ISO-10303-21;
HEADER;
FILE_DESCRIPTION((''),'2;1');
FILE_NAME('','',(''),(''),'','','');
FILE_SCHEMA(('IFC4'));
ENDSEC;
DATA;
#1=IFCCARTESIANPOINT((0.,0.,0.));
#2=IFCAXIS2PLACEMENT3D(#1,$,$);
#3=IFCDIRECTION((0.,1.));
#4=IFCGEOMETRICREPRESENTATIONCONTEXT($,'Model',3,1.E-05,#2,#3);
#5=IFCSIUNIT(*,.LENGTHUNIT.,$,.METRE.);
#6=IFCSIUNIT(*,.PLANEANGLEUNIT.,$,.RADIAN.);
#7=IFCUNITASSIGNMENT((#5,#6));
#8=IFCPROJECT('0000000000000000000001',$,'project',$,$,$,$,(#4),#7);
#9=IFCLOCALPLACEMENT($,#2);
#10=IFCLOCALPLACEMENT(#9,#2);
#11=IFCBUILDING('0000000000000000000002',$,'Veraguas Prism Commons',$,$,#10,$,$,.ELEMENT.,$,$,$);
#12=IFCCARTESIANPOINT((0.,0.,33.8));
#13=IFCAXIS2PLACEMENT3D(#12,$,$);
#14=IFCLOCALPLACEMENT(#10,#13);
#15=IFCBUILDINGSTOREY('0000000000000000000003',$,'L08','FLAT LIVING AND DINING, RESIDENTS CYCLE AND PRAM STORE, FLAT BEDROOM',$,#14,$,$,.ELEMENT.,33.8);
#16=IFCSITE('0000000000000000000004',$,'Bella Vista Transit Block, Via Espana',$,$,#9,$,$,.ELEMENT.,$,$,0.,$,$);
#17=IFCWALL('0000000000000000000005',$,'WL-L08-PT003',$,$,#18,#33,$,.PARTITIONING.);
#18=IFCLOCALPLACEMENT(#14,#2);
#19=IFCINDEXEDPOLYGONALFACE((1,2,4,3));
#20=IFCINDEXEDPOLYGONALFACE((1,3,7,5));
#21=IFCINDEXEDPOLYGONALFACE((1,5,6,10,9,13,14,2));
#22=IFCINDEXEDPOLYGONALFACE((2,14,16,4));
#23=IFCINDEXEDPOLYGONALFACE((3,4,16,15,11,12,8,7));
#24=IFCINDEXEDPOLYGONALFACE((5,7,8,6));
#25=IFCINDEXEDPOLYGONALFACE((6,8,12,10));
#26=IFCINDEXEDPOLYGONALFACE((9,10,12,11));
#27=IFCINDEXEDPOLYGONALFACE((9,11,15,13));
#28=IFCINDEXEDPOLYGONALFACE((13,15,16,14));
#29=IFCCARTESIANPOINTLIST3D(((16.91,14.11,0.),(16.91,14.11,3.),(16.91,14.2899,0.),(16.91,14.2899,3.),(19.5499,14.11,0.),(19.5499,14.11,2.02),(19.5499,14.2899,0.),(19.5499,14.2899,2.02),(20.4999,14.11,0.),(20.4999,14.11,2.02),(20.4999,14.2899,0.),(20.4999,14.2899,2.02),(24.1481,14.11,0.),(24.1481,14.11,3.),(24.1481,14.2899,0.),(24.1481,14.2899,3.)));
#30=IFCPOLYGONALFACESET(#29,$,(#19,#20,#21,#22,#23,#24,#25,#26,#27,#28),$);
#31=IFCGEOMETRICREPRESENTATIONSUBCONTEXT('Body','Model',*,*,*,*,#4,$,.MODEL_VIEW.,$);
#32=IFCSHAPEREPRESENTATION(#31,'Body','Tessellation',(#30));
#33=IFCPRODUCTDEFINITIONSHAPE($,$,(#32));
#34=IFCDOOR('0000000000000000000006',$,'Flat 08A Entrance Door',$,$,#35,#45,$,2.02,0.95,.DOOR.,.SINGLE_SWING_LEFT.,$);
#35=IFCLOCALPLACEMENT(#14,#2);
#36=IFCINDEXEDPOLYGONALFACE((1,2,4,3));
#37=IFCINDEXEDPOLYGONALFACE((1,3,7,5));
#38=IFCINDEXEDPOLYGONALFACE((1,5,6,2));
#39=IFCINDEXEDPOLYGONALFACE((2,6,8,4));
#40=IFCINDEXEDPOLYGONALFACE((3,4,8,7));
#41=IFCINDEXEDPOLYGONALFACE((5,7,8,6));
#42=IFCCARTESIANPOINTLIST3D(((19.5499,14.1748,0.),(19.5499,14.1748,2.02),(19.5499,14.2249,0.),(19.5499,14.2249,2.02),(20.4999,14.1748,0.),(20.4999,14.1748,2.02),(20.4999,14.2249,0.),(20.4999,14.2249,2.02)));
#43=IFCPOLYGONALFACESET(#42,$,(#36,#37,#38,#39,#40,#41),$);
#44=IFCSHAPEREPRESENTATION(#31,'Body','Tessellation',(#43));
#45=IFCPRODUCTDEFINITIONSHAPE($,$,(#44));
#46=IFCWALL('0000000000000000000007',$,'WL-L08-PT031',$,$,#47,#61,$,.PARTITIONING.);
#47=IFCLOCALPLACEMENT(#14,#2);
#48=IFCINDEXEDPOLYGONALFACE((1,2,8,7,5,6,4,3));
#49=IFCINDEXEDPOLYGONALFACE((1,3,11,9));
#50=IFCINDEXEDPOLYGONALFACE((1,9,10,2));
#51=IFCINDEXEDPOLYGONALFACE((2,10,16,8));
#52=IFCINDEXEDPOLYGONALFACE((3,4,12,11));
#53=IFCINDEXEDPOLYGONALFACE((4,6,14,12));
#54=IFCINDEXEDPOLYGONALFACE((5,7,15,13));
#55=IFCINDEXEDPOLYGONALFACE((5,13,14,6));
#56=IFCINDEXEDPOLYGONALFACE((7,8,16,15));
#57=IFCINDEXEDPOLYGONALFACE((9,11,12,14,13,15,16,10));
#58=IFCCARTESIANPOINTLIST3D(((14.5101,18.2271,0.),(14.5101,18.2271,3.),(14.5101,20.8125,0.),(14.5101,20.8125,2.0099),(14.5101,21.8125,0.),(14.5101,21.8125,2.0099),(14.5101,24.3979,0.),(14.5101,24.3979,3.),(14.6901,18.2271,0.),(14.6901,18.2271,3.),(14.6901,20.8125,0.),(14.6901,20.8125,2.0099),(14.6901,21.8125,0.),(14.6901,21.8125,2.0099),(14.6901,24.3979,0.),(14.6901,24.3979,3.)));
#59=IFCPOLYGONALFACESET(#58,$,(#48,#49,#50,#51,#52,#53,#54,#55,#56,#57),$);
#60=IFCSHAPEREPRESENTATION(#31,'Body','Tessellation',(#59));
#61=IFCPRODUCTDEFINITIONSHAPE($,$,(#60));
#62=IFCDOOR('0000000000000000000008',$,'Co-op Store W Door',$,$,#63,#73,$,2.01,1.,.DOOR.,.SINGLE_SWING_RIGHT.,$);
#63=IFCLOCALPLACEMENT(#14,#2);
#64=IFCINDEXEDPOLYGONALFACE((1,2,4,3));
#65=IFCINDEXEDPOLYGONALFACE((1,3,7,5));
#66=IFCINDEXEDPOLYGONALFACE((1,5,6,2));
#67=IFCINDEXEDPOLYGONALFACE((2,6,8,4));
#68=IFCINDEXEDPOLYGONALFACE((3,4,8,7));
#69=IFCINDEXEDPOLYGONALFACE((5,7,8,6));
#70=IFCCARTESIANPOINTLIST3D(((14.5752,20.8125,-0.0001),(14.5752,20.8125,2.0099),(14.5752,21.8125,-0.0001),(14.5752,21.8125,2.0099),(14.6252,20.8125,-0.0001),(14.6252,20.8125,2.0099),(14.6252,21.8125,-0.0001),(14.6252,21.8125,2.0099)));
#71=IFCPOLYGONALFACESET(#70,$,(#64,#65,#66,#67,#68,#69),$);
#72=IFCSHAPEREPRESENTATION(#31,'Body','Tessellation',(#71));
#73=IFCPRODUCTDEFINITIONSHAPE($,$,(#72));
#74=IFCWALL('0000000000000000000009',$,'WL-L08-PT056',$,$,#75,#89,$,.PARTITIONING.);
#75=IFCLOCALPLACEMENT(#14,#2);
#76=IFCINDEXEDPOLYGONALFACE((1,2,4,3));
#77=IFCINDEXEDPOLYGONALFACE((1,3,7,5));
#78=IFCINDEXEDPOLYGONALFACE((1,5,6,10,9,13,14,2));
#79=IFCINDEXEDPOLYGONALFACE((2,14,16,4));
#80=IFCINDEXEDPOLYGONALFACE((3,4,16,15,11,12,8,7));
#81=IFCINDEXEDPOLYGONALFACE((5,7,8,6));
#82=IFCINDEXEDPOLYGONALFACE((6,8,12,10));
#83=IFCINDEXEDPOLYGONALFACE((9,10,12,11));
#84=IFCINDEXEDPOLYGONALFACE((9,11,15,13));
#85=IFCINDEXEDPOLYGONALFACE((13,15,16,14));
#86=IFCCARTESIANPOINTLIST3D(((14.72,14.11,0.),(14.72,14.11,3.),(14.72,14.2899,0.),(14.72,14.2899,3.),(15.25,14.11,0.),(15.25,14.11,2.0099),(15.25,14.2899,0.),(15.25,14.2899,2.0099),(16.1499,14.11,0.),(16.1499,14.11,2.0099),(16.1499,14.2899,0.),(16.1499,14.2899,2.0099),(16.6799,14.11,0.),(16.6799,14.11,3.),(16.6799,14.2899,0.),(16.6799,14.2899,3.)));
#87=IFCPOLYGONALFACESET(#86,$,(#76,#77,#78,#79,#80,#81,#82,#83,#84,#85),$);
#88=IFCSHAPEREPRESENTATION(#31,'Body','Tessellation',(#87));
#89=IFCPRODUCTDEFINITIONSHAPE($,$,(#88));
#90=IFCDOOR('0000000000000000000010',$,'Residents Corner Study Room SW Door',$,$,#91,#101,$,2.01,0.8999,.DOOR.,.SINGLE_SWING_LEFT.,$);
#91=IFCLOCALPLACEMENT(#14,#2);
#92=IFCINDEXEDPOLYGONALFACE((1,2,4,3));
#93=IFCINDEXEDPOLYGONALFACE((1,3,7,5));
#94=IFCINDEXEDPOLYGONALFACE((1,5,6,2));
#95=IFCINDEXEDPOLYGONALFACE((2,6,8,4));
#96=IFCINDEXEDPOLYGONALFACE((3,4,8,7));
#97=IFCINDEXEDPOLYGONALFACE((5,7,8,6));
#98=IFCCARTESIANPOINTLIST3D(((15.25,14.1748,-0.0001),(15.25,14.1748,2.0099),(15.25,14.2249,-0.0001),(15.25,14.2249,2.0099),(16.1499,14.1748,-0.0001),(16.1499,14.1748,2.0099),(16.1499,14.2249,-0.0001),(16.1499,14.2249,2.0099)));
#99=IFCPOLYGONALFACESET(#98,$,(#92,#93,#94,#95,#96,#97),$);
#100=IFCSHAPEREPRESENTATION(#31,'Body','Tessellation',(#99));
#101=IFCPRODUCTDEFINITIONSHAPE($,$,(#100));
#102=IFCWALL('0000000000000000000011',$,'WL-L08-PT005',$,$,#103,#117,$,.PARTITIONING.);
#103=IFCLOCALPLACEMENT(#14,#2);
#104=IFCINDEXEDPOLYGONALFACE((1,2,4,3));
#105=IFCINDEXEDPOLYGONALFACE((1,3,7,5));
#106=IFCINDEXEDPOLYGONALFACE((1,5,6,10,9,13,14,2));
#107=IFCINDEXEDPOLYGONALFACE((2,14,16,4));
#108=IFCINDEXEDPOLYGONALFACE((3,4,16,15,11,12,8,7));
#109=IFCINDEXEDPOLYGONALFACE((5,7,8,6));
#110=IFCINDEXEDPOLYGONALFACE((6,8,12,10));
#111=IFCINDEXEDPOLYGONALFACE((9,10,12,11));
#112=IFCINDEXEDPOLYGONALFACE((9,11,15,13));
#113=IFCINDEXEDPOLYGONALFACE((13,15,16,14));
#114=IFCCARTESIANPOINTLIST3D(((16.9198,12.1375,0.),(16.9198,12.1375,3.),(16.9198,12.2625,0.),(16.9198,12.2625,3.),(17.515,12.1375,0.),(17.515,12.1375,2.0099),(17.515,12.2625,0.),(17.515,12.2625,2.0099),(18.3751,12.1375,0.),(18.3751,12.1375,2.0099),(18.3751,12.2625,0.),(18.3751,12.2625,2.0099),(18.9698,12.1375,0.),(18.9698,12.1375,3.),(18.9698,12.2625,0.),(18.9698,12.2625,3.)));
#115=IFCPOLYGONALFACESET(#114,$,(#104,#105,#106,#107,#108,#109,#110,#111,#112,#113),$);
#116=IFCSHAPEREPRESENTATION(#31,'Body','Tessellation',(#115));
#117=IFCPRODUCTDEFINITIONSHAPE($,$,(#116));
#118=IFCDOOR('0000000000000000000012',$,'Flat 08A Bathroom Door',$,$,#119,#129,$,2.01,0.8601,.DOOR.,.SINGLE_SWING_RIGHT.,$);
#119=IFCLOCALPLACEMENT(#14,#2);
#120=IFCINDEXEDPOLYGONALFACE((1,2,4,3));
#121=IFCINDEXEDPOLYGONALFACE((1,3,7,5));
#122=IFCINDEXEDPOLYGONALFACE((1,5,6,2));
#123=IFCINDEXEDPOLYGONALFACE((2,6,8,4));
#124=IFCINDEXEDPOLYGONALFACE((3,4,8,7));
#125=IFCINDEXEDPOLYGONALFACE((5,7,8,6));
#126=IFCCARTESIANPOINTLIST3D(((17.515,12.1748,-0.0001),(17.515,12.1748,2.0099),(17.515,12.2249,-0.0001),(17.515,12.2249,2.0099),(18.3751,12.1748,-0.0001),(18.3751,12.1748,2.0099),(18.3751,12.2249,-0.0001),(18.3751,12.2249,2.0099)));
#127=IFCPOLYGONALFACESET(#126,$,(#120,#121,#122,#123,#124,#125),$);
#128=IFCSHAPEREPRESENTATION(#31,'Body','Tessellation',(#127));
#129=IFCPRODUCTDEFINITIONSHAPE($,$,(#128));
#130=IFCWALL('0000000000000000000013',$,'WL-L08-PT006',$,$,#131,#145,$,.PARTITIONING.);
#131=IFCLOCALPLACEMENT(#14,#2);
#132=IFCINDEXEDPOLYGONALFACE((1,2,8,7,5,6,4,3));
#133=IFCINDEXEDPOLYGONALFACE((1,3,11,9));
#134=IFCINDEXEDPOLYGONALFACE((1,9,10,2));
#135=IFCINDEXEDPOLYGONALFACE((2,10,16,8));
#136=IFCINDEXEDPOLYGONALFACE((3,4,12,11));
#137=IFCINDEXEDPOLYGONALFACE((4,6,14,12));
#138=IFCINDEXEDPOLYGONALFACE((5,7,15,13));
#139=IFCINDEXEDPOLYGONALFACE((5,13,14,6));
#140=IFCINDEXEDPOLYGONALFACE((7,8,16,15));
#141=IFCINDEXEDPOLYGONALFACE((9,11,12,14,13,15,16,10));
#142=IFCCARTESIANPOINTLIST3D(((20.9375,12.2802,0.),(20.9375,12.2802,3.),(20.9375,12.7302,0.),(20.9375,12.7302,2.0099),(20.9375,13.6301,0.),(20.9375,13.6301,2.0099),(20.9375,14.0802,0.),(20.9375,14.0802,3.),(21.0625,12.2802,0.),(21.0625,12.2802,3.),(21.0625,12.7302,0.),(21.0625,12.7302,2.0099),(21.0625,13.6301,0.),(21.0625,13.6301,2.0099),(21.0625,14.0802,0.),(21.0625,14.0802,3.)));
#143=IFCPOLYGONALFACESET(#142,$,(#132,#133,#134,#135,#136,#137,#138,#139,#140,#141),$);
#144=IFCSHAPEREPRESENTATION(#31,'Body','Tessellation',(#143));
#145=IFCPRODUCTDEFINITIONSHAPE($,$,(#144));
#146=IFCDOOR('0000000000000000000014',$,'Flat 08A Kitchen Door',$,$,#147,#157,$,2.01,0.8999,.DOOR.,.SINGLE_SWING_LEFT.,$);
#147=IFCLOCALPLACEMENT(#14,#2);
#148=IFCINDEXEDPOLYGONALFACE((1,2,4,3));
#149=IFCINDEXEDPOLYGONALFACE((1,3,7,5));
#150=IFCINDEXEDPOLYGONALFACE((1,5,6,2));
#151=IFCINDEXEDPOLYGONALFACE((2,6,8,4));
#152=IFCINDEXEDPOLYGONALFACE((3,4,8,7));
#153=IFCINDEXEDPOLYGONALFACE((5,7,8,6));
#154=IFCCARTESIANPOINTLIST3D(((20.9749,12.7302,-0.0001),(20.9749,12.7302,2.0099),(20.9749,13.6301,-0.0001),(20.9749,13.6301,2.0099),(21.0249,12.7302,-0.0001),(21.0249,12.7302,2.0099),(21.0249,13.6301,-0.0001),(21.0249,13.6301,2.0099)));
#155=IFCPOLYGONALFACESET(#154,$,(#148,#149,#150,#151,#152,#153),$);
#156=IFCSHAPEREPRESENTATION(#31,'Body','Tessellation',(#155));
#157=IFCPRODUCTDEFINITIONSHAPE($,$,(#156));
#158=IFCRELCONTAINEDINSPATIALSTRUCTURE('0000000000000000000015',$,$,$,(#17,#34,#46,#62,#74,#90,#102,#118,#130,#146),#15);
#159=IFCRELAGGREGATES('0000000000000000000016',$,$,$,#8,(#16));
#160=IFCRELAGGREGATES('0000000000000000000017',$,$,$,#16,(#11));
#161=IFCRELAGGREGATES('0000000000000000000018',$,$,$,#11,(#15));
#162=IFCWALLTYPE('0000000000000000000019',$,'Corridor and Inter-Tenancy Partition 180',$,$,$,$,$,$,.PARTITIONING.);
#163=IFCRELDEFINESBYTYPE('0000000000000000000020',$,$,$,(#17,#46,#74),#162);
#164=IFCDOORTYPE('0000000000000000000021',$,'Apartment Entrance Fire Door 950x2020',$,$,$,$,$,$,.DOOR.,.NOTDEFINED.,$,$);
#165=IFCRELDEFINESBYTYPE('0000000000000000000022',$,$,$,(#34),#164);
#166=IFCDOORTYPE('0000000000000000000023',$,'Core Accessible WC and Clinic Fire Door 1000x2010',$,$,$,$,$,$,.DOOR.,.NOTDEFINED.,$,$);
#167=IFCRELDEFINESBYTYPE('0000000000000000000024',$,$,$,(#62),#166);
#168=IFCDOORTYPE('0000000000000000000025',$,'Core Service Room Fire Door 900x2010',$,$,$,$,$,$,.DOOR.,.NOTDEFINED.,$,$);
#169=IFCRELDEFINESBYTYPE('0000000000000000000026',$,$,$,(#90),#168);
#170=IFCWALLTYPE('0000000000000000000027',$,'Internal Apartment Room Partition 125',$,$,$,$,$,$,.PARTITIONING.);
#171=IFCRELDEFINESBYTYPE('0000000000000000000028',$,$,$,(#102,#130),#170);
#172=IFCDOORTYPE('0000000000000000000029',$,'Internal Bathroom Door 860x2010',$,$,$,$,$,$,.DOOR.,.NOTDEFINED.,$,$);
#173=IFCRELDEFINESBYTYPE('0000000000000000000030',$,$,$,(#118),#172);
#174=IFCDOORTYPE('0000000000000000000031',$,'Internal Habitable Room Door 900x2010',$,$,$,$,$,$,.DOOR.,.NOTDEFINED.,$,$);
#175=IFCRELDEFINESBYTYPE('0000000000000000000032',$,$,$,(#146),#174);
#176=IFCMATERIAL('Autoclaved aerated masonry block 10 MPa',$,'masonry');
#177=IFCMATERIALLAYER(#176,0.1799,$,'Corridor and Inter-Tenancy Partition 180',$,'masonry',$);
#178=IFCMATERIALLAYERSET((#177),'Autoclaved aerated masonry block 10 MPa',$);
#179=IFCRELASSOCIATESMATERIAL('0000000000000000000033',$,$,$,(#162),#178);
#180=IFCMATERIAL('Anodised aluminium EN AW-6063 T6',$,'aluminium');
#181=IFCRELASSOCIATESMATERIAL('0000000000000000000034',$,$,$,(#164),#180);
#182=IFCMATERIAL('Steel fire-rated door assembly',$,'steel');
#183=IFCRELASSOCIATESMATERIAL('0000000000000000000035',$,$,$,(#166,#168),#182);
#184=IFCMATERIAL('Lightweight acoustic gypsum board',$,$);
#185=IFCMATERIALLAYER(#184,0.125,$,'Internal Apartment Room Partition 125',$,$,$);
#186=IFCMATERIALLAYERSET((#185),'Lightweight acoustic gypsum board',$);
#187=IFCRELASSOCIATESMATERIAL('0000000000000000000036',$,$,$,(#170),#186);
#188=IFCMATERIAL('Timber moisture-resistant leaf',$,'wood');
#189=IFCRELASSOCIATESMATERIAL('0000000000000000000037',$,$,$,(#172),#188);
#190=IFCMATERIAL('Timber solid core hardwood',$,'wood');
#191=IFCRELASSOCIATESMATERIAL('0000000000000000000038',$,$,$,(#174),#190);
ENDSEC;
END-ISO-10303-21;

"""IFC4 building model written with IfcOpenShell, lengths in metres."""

from ifc_helpers import new_model, si_unit, direction, frame, frame_2d, origin, place, context, subcontext, project, spatial, rectangle, extrude, source, transform, mapped, material, layer, layer_set, type_object, element, fill, save


model = new_model("IFC4")

# Units and contexts
model_context = context("Model", 3, precision=1e-05, world=origin(), true_north=direction((0.0, 1.0)))
body_context = subcontext(model_context, "Body", "Model", "MODEL_VIEW")
ifc_project = project(units=[si_unit("LENGTHUNIT", "METRE"), si_unit("PLANEANGLEUNIT", "RADIAN")], contexts=[model_context])

# Site, building, storey
site_placement = place(None, origin())
site = spatial("IfcSite", under=ifc_project, at=site_placement, Name="Bella Vista Transit Block, Via Espana", CompositionType="ELEMENT", RefElevation=0.0)
building_placement = place(site_placement, origin())
building = spatial("IfcBuilding", under=site, at=building_placement, Name="Veraguas Prism Commons", CompositionType="ELEMENT")
storey_placement = place(building_placement, frame((0.0, 0.0, 33.8)))
storey = spatial("IfcBuildingStorey", under=building, at=storey_placement, Name="L08", Description="FLAT LIVING AND DINING, RESIDENTS CYCLE AND PRAM STORE, FLAT BEDROOM", CompositionType="ELEMENT", Elevation=33.8)

# Shared definitions
ifc_material_1 = material(Name="Steel fire-rated door assembly", Category="steel")

# Shared definitions
ifc_material_2 = material(Name="Autoclaved aerated masonry block 10 MPa", Category="masonry")
ifc_layer_1 = layer(ifc_material_2, 0.1799, Name="Corridor and Inter-Tenancy Partition 180", Category="masonry")
ifc_layer_set_1 = layer_set([ifc_layer_1], Name="Autoclaved aerated masonry block 10 MPa")
wall_type_1 = type_object("IfcWallType", Name="Corridor and Inter-Tenancy Partition 180", PredefinedType="PARTITIONING", material=ifc_layer_set_1)

# Walls, openings, doors
wall_1_placement = place(storey_placement, frame((16.9099, 14.2, 0.0), z_axis=(0.0, 0.0, 1.0), x_axis=(1.0, 0.0, 0.0)))
wall_1 = element("IfcWall", 1, at=wall_1_placement, inside=storey, type_object=wall_type_1, Name="WL-L08-PT003", PredefinedType="PARTITIONING", context=body_context, shape_type="SweptSolid", body=[
    extrude(rectangle(XDim=7.238, YDim=0.1799, at=frame_2d((3.6191, 0.0))), origin(), (0.0, 0.0, 1.0), 3.0),
])
opening_1_placement = place(wall_1_placement, frame((2.6399, 0.0, 0.0)))
opening_1 = element("IfcOpeningElement", 2, at=opening_1_placement, cuts=wall_1, PredefinedType="OPENING", context=body_context, shape_type="SweptSolid", body=[
    extrude(rectangle(XDim=0.95, YDim=2.02, at=frame_2d((0.4751, 1.01))), frame((0.0, 0.0999, 0.0), z_axis=(0.0, -1.0, 0.0), x_axis=(1.0, 0.0, 0.0)), (0.0, 0.0, 1.0), 0.2),
])
ifc_material_3 = material(Name="Anodised aluminium EN AW-6063 T6", Category="aluminium")
door_type_1 = type_object("IfcDoorType", Name="Apartment Entrance Fire Door 950x2020", OperationType="NOTDEFINED", PredefinedType="DOOR", material=ifc_material_3)
shared_shape_1 = source(origin(), body_context, "Body", "SweptSolid", [
    extrude(rectangle(XDim=0.95, YDim=2.02, at=frame_2d((0.4751, 1.01))), frame((0.0, 0.0249, 0.0), z_axis=(0.0, -1.0, 0.0), x_axis=(1.0, 0.0, 0.0)), (0.0, 0.0, 1.0), 0.05),
])
door_1_placement = place(opening_1_placement, origin())
door_1 = element("IfcDoor", 3, at=door_1_placement, inside=storey, type_object=door_type_1, Name="Flat 08A Entrance Door", OperationType="SINGLE_SWING_LEFT", OverallHeight=2.02, OverallWidth=0.95, PredefinedType="DOOR", context=body_context, shape_type="MappedRepresentation", body=[
    mapped(shared_shape_1, transform((0.0, 0.0, 0.0), scale=1.0)),
])
fill(opening_1, door_1)
wall_2_placement = place(storey_placement, frame((14.6001, 18.2271, 0.0), z_axis=(0.0, 0.0, 1.0), x_axis=(0.0, 1.0, 0.0)))
wall_2 = element("IfcWall", 4, at=wall_2_placement, inside=storey, type_object=wall_type_1, Name="WL-L08-PT031", PredefinedType="PARTITIONING", context=body_context, shape_type="SweptSolid", body=[
    extrude(rectangle(XDim=6.1709, YDim=0.1799, at=frame_2d((3.0854, 0.0))), origin(), (0.0, 0.0, 1.0), 3.0),
])
opening_2_placement = place(wall_2_placement, frame((2.5854, 0.0, 0.0)))
opening_2 = element("IfcOpeningElement", 5, at=opening_2_placement, cuts=wall_2, PredefinedType="OPENING", context=body_context, shape_type="SweptSolid", body=[
    extrude(rectangle(XDim=1.0, YDim=2.01, at=frame_2d((0.5, 1.0049))), frame((0.0, 0.0999, 0.0), z_axis=(0.0, -1.0, 0.0), x_axis=(1.0, 0.0, 0.0)), (0.0, 0.0, 1.0), 0.2),
])
door_type_2 = type_object("IfcDoorType", Name="Core Accessible WC and Clinic Fire Door 1000x2010", OperationType="NOTDEFINED", PredefinedType="DOOR", material=ifc_material_1)
shared_shape_2 = source(origin(), body_context, "Body", "SweptSolid", [
    extrude(rectangle(XDim=1.0, YDim=2.01, at=frame_2d((0.5, 1.0049))), frame((0.0, 0.0249, 0.0), z_axis=(0.0, -1.0, 0.0), x_axis=(1.0, 0.0, 0.0)), (0.0, 0.0, 1.0), 0.05),
])
door_2_placement = place(opening_2_placement, origin())
door_2 = element("IfcDoor", 6, at=door_2_placement, inside=storey, type_object=door_type_2, Name="Co-op Store W Door", OperationType="SINGLE_SWING_RIGHT", OverallHeight=2.01, OverallWidth=1.0, PredefinedType="DOOR", context=body_context, shape_type="MappedRepresentation", body=[
    mapped(shared_shape_2, transform((0.0, 0.0, 0.0), scale=1.0)),
])
fill(opening_2, door_2)
wall_3_placement = place(storey_placement, frame((14.72, 14.2, 0.0), z_axis=(0.0, 0.0, 1.0), x_axis=(1.0, 0.0, 0.0)))
wall_3 = element("IfcWall", 7, at=wall_3_placement, inside=storey, type_object=wall_type_1, Name="WL-L08-PT056", PredefinedType="PARTITIONING", context=body_context, shape_type="SweptSolid", body=[
    extrude(rectangle(XDim=1.96, YDim=0.1799, at=frame_2d((0.98, 0.0))), origin(), (0.0, 0.0, 1.0), 3.0),
])
opening_3_placement = place(wall_3_placement, frame((0.53, 0.0, 0.0)))
opening_3 = element("IfcOpeningElement", 8, at=opening_3_placement, cuts=wall_3, PredefinedType="OPENING", context=body_context, shape_type="SweptSolid", body=[
    extrude(rectangle(XDim=0.8999, YDim=2.01, at=frame_2d((0.45, 1.0049))), frame((0.0, 0.0999, 0.0), z_axis=(0.0, -1.0, 0.0), x_axis=(1.0, 0.0, 0.0)), (0.0, 0.0, 1.0), 0.2),
])
door_type_3 = type_object("IfcDoorType", Name="Core Service Room Fire Door 900x2010", OperationType="NOTDEFINED", PredefinedType="DOOR", material=ifc_material_1)
shared_shape_3 = source(origin(), body_context, "Body", "SweptSolid", [
    extrude(rectangle(XDim=0.8999, YDim=2.01, at=frame_2d((0.45, 1.0049))), frame((0.0, 0.0249, 0.0), z_axis=(0.0, -1.0, 0.0), x_axis=(1.0, 0.0, 0.0)), (0.0, 0.0, 1.0), 0.05),
])
door_3_placement = place(opening_3_placement, origin())
door_3 = element("IfcDoor", 9, at=door_3_placement, inside=storey, type_object=door_type_3, Name="Residents Corner Study Room SW Door", OperationType="SINGLE_SWING_LEFT", OverallHeight=2.01, OverallWidth=0.8999, PredefinedType="DOOR", context=body_context, shape_type="MappedRepresentation", body=[
    mapped(shared_shape_3, transform((0.0, 0.0, 0.0), scale=1.0)),
])
fill(opening_3, door_3)
ifc_material_4 = material(Name="Lightweight acoustic gypsum board")
ifc_layer_2 = layer(ifc_material_4, 0.125, Name="Internal Apartment Room Partition 125")
ifc_layer_set_2 = layer_set([ifc_layer_2], Name="Lightweight acoustic gypsum board")
wall_type_2 = type_object("IfcWallType", Name="Internal Apartment Room Partition 125", PredefinedType="PARTITIONING", material=ifc_layer_set_2)
wall_4_placement = place(storey_placement, frame((16.9199, 12.2, 0.0), z_axis=(0.0, 0.0, 1.0), x_axis=(1.0, 0.0, 0.0)))
wall_4 = element("IfcWall", 10, at=wall_4_placement, inside=storey, type_object=wall_type_2, Name="WL-L08-PT005", PredefinedType="PARTITIONING", context=body_context, shape_type="SweptSolid", body=[
    extrude(rectangle(XDim=2.05, YDim=0.125, at=frame_2d((1.0249, 0.0))), origin(), (0.0, 0.0, 1.0), 3.0),
])
opening_4_placement = place(wall_4_placement, frame((0.595, 0.0, 0.0)))
opening_4 = element("IfcOpeningElement", 11, at=opening_4_placement, cuts=wall_4, PredefinedType="OPENING", context=body_context, shape_type="SweptSolid", body=[
    extrude(rectangle(XDim=0.8601, YDim=2.01, at=frame_2d((0.4302, 1.0049))), frame((0.0, 0.0725, 0.0), z_axis=(0.0, -1.0, 0.0), x_axis=(1.0, 0.0, 0.0)), (0.0, 0.0, 1.0), 0.145),
])
ifc_material_5 = material(Name="Timber moisture-resistant leaf", Category="wood")
door_type_4 = type_object("IfcDoorType", Name="Internal Bathroom Door 860x2010", OperationType="NOTDEFINED", PredefinedType="DOOR", material=ifc_material_5)
shared_shape_4 = source(origin(), body_context, "Body", "SweptSolid", [
    extrude(rectangle(XDim=0.8601, YDim=2.01, at=frame_2d((0.4302, 1.0049))), frame((0.0, 0.0249, 0.0), z_axis=(0.0, -1.0, 0.0), x_axis=(1.0, 0.0, 0.0)), (0.0, 0.0, 1.0), 0.05),
])
door_4_placement = place(opening_4_placement, origin())
door_4 = element("IfcDoor", 12, at=door_4_placement, inside=storey, type_object=door_type_4, Name="Flat 08A Bathroom Door", OperationType="SINGLE_SWING_RIGHT", OverallHeight=2.01, OverallWidth=0.8601, PredefinedType="DOOR", context=body_context, shape_type="MappedRepresentation", body=[
    mapped(shared_shape_4, transform((0.0, 0.0, 0.0), scale=1.0)),
])
fill(opening_4, door_4)
wall_5_placement = place(storey_placement, frame((21.0, 14.0801, 0.0), z_axis=(0.0, 0.0, 1.0), x_axis=(0.0, -1.0, 0.0)))
wall_5 = element("IfcWall", 13, at=wall_5_placement, inside=storey, type_object=wall_type_2, Name="WL-L08-PT006", PredefinedType="PARTITIONING", context=body_context, shape_type="SweptSolid", body=[
    extrude(rectangle(XDim=1.8, YDim=0.125, at=frame_2d((0.8999, 0.0))), origin(), (0.0, 0.0, 1.0), 3.0),
])
opening_5_placement = place(wall_5_placement, frame((0.45, 0.0, 0.0)))
opening_5 = element("IfcOpeningElement", 14, at=opening_5_placement, cuts=wall_5, PredefinedType="OPENING", context=body_context, shape_type="SweptSolid", body=[
    extrude(rectangle(XDim=0.8999, YDim=2.01, at=frame_2d((0.45, 1.0049))), frame((0.0, 0.0725, 0.0), z_axis=(0.0, -1.0, 0.0), x_axis=(1.0, 0.0, 0.0)), (0.0, 0.0, 1.0), 0.145),
])
ifc_material_6 = material(Name="Timber solid core hardwood", Category="wood")
door_type_5 = type_object("IfcDoorType", Name="Internal Habitable Room Door 900x2010", OperationType="NOTDEFINED", PredefinedType="DOOR", material=ifc_material_6)
door_5_placement = place(opening_5_placement, origin())
door_5 = element("IfcDoor", 15, at=door_5_placement, inside=storey, type_object=door_type_5, Name="Flat 08A Kitchen Door", OperationType="SINGLE_SWING_LEFT", OverallHeight=2.01, OverallWidth=0.8999, PredefinedType="DOOR", context=body_context, shape_type="MappedRepresentation", body=[
    mapped(shared_shape_3, transform((0.0, 0.0, 0.0), scale=1.0)),
])
fill(opening_5, door_5)

save(model, "model.ifc")
